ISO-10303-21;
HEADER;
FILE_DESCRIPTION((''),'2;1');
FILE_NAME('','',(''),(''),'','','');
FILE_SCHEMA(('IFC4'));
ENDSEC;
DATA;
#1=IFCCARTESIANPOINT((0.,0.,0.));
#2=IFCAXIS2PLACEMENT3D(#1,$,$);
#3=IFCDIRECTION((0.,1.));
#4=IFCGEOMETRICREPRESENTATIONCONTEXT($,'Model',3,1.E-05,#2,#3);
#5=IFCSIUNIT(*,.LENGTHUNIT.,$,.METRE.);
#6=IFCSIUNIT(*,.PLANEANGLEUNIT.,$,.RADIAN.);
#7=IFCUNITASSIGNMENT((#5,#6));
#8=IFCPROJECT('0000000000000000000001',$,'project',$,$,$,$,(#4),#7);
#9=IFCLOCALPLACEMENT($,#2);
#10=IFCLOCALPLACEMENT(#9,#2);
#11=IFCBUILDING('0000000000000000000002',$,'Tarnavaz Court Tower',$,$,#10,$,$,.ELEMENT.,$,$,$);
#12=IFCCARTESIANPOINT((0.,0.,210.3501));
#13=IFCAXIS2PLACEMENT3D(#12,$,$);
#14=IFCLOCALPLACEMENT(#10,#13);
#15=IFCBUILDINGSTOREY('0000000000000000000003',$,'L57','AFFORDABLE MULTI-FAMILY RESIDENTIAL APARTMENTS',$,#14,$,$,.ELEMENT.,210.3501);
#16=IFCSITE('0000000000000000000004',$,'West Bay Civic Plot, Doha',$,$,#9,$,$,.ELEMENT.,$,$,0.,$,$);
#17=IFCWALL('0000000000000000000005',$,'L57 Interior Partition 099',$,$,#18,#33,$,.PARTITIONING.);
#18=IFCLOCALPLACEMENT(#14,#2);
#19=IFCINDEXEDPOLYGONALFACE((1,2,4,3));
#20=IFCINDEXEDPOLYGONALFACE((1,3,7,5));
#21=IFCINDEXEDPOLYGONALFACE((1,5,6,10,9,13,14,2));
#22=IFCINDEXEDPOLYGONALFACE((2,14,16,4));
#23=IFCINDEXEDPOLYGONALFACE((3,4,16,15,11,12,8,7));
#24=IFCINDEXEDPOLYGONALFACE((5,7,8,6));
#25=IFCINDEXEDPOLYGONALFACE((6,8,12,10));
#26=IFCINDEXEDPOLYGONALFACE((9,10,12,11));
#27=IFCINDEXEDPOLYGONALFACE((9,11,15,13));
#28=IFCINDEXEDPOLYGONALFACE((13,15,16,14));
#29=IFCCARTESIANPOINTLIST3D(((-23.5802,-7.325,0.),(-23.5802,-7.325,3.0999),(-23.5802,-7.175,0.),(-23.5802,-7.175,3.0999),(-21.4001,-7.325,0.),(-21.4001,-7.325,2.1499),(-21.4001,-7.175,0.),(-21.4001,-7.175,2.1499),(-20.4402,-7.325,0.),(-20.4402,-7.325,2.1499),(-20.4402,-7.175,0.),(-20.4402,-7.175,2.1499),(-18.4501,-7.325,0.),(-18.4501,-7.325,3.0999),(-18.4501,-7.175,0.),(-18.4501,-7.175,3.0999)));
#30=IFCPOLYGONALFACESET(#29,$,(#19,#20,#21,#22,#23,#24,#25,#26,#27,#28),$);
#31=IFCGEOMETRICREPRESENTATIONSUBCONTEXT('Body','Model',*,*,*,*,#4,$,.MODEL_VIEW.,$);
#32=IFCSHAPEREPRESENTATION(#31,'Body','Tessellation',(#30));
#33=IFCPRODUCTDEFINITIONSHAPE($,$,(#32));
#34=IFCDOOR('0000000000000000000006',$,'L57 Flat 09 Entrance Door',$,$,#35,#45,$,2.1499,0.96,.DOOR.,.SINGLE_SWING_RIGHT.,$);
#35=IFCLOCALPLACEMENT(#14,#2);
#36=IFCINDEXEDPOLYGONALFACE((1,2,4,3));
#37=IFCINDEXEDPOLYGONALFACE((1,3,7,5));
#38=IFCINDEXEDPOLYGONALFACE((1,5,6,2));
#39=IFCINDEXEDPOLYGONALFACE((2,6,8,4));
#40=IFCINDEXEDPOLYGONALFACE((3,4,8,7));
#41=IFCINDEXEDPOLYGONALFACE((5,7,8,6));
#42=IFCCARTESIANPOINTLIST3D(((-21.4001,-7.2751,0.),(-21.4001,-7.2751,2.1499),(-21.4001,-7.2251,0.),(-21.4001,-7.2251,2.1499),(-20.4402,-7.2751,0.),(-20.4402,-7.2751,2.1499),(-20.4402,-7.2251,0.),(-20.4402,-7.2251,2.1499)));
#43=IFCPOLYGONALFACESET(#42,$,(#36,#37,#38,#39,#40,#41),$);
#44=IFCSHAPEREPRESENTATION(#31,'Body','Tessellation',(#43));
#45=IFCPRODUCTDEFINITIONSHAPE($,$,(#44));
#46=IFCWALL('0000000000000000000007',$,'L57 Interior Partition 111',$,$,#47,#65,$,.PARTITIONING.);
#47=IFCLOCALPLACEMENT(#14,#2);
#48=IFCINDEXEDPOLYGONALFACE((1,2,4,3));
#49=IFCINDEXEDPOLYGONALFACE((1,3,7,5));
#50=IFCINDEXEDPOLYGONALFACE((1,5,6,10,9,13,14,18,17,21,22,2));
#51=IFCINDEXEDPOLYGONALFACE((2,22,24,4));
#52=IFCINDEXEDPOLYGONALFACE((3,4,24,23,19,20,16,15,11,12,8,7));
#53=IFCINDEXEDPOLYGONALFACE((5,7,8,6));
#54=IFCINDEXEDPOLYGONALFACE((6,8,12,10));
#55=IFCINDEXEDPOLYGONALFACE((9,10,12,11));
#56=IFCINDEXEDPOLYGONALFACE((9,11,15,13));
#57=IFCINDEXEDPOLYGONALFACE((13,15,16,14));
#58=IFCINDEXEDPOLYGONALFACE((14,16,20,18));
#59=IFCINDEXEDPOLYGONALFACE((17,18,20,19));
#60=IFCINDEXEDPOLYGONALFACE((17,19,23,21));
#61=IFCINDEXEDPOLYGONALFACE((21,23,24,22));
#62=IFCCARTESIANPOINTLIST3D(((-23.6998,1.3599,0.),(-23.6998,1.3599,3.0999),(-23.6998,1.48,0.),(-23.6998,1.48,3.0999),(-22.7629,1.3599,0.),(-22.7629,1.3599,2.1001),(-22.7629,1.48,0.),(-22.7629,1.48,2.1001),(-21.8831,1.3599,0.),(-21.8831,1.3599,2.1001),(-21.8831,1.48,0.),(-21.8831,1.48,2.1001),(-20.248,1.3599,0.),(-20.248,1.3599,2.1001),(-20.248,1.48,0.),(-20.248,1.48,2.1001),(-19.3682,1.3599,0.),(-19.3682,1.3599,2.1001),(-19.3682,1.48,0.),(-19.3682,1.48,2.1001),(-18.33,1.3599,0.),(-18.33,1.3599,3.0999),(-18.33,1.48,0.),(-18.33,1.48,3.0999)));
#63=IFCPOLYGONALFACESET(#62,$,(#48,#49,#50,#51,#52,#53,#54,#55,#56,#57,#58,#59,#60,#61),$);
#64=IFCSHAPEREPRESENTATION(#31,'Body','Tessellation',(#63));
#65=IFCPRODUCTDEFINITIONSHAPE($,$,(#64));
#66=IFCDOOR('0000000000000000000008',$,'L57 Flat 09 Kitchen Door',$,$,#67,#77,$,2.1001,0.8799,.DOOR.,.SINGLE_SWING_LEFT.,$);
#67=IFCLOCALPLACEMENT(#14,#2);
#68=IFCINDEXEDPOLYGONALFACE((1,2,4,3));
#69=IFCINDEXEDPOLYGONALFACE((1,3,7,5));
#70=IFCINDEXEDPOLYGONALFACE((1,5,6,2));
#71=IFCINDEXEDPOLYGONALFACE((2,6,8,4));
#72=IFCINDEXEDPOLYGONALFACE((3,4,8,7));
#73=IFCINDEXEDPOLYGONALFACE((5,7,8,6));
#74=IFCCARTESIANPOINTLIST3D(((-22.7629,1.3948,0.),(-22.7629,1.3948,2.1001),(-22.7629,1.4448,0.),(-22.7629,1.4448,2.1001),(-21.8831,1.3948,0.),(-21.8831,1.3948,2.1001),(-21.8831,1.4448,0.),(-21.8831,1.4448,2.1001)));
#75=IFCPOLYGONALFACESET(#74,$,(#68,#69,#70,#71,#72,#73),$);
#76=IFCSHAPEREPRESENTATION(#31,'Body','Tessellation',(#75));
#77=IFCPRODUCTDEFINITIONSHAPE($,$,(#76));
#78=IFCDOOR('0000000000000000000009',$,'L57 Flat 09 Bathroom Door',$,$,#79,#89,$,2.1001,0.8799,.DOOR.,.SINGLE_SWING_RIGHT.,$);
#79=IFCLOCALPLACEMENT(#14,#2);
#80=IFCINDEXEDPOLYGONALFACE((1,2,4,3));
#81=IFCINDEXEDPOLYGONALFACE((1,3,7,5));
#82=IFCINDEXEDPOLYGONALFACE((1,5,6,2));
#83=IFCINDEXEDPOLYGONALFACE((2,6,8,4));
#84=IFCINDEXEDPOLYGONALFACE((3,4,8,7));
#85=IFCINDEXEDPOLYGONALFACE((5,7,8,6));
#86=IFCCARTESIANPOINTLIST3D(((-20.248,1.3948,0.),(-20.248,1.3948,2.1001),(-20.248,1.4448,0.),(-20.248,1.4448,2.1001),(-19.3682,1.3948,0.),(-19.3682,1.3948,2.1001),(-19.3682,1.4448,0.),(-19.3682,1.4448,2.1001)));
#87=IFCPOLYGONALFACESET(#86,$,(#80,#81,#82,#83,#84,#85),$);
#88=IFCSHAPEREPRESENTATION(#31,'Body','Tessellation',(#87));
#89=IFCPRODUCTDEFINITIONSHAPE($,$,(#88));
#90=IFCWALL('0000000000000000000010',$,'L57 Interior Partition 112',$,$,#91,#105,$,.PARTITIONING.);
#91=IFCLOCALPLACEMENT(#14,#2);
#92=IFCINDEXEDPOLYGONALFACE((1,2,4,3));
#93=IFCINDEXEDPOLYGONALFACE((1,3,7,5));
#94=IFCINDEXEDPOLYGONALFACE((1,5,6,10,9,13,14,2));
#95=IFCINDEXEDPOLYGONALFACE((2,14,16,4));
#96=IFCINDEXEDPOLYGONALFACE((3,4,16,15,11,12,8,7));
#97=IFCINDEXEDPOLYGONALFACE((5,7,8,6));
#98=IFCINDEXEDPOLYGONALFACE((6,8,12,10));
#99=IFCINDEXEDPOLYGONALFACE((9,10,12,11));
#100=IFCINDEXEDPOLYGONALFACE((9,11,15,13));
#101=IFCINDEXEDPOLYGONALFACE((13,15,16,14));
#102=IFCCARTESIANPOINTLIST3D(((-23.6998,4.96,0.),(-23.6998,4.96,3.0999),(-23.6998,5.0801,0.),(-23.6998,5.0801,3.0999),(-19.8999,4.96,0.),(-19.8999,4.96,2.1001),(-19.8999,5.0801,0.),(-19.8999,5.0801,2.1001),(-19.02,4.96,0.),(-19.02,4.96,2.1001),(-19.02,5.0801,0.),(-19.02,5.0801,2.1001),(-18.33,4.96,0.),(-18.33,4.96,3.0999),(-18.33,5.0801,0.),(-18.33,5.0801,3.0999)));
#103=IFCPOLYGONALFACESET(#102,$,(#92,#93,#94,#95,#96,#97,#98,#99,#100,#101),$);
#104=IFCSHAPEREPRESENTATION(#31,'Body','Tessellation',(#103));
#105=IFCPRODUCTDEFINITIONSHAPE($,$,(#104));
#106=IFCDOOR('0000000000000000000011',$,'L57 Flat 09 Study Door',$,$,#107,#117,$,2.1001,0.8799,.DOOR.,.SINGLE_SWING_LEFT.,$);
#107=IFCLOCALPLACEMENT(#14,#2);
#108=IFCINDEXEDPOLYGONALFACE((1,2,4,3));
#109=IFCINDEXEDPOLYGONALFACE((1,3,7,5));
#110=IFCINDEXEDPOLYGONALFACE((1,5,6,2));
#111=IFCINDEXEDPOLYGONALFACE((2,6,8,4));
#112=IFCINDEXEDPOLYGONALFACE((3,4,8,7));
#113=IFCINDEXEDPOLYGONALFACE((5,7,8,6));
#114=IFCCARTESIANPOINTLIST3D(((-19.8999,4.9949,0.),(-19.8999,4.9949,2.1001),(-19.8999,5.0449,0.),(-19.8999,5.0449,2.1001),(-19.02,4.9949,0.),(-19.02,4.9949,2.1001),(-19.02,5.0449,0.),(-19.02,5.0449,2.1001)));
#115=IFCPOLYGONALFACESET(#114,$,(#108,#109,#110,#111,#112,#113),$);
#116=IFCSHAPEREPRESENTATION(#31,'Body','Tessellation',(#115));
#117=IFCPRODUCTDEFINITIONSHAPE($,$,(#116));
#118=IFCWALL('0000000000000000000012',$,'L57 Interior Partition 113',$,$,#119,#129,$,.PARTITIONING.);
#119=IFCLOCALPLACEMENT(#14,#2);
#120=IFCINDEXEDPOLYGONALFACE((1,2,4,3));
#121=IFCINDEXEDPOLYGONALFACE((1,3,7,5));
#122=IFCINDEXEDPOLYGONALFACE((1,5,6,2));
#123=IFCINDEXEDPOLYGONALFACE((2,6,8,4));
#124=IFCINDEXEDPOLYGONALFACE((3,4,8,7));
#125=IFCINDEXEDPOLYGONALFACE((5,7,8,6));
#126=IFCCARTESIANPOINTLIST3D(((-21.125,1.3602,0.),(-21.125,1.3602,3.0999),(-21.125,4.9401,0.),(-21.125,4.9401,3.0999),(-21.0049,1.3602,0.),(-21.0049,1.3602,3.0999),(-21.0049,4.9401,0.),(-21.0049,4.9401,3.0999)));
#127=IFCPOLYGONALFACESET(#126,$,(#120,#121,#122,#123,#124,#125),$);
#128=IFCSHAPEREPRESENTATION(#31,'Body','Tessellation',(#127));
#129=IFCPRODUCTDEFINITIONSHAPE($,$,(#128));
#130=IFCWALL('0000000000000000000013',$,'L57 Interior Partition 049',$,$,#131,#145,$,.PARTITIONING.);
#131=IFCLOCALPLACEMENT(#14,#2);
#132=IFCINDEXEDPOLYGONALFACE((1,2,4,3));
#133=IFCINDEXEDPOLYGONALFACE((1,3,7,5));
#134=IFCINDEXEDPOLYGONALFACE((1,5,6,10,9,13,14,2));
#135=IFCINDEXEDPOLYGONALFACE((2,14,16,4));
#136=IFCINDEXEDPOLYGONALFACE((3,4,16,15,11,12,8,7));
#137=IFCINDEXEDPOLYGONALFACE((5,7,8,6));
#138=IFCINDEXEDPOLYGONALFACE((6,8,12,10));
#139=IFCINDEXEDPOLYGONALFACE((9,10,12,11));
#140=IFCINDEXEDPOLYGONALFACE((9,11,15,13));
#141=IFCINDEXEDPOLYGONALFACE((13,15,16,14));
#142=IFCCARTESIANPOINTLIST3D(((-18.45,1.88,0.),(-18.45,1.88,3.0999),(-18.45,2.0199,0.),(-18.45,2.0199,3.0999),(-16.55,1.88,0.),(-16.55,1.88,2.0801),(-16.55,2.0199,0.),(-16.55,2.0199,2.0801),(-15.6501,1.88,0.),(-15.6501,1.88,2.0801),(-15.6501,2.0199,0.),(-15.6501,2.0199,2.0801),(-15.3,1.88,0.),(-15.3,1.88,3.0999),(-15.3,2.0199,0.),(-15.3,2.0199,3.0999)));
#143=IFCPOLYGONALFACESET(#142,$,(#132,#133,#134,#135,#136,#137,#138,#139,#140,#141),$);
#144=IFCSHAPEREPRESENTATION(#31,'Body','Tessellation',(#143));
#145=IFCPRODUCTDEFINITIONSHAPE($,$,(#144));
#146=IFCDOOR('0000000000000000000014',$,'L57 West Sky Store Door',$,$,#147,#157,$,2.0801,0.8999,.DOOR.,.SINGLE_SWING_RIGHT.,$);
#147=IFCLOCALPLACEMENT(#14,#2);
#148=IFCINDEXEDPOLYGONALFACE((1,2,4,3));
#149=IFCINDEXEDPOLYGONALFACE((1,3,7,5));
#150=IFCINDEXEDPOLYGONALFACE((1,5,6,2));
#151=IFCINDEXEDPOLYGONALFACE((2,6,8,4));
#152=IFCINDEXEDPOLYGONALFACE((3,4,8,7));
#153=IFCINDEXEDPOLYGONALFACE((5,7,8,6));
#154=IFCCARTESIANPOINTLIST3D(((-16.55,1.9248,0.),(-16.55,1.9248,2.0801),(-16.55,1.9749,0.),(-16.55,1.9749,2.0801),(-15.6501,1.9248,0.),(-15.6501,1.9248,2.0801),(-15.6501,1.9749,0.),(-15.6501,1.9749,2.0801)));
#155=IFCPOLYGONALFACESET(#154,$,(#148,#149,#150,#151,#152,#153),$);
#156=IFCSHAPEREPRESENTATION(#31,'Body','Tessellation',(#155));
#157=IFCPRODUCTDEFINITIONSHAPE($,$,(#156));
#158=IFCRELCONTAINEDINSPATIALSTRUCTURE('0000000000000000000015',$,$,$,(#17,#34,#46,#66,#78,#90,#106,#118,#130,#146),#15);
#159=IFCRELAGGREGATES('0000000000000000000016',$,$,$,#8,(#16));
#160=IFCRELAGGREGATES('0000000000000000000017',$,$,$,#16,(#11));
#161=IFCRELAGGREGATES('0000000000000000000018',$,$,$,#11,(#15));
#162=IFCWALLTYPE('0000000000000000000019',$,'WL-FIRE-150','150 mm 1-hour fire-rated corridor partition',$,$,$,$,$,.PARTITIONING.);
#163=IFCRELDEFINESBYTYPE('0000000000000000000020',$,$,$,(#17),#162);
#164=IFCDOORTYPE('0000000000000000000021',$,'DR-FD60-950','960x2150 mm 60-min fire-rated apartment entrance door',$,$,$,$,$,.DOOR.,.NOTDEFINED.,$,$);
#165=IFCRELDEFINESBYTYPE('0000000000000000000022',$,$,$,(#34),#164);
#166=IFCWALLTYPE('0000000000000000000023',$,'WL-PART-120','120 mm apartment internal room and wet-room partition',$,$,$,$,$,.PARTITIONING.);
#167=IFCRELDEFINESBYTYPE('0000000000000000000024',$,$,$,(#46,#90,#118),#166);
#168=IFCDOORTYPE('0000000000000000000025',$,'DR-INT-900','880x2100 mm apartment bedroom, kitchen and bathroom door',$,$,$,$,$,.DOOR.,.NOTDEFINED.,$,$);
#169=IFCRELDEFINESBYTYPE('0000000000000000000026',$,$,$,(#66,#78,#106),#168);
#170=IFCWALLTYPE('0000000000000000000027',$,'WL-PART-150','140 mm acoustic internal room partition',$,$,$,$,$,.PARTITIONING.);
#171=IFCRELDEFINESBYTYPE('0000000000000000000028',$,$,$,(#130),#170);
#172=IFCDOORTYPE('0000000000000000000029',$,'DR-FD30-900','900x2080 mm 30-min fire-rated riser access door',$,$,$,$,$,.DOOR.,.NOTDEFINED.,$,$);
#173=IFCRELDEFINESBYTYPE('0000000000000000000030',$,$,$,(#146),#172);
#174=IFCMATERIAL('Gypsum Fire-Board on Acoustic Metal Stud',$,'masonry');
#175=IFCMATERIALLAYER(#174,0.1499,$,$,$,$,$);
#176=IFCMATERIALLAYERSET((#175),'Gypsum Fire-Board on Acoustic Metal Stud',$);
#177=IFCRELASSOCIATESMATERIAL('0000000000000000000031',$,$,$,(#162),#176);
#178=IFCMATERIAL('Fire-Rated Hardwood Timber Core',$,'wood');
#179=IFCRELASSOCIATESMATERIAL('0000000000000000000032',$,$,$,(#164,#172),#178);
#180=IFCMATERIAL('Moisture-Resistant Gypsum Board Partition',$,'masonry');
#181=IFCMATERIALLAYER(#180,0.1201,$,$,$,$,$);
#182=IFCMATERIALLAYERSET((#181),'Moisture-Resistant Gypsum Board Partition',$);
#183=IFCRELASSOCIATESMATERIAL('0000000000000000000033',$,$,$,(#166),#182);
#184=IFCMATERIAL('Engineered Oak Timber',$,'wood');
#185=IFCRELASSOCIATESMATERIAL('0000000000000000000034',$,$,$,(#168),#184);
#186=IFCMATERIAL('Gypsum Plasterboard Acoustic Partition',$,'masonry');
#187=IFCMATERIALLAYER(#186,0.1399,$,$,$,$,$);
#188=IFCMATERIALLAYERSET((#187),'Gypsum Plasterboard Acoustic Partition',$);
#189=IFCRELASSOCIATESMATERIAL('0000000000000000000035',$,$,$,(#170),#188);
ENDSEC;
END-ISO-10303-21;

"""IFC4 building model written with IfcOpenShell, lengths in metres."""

from ifc_helpers import new_model, si_unit, direction, frame, frame_2d, origin, place, context, subcontext, project, spatial, rectangle, extrude, material, layer, layer_set, type_object, element, fill, save


model = new_model("IFC4")

# Units and contexts
model_context = context("Model", 3, precision=1e-05, world=origin(), true_north=direction((0.0, 1.0)))
body_context = subcontext(model_context, "Body", "Model", "MODEL_VIEW")
ifc_project = project(units=[si_unit("LENGTHUNIT", "METRE"), si_unit("PLANEANGLEUNIT", "RADIAN")], contexts=[model_context])

# Site, building, storey
site_placement = place(None, origin())
site = spatial("IfcSite", under=ifc_project, at=site_placement, Name="West Bay Civic Plot, Doha", CompositionType="ELEMENT", RefElevation=0.0)
building_placement = place(site_placement, origin())
building = spatial("IfcBuilding", under=site, at=building_placement, Name="Tarnavaz Court Tower", CompositionType="ELEMENT")
storey_placement = place(building_placement, frame((0.0, 0.0, 210.3501)))
storey = spatial("IfcBuildingStorey", under=building, at=storey_placement, Name="L57", Description="AFFORDABLE MULTI-FAMILY RESIDENTIAL APARTMENTS", CompositionType="ELEMENT", Elevation=210.3501)

# Wall, opening, door
ifc_material_1 = material(Name="Fire-Rated Hardwood Timber Core", Category="wood")
ifc_material_2 = material(Name="Gypsum Fire-Board on Acoustic Metal Stud", Category="masonry")
ifc_layer_1 = layer(ifc_material_2, 0.1499)
ifc_layer_set_1 = layer_set([ifc_layer_1], Name="Gypsum Fire-Board on Acoustic Metal Stud")
wall_type_1 = type_object("IfcWallType", Name="WL-FIRE-150", Description="150 mm 1-hour fire-rated corridor partition", PredefinedType="PARTITIONING", material=ifc_layer_set_1)
wall_1_placement = place(storey_placement, frame((-23.5801, -7.25, 0.0), z_axis=(0.0, 0.0, 1.0), x_axis=(1.0, 0.0, 0.0)))
wall_1 = element("IfcWall", 1, at=wall_1_placement, inside=storey, type_object=wall_type_1, Name="L57 Interior Partition 099", PredefinedType="PARTITIONING", context=body_context, shape_type="SweptSolid", body=[
    extrude(rectangle(XDim=5.1301, YDim=0.1499, at=frame_2d((2.5649, 0.0))), origin(), (0.0, 0.0, 1.0), 3.0999),
])
opening_1_placement = place(wall_1_placement, frame((2.1799, 0.0, 0.0)))
opening_1 = element("IfcOpeningElement", 2, at=opening_1_placement, cuts=wall_1, PredefinedType="OPENING", context=body_context, shape_type="SweptSolid", body=[
    extrude(rectangle(XDim=0.96, YDim=2.1499, at=frame_2d((0.48, 1.075))), frame((0.0, 0.085, 0.0), z_axis=(0.0, -1.0, 0.0), x_axis=(1.0, 0.0, 0.0)), (0.0, 0.0, 1.0), 0.1699),
])
door_type_1 = type_object("IfcDoorType", Name="DR-FD60-950", Description="960x2150 mm 60-min fire-rated apartment entrance door", OperationType="NOTDEFINED", PredefinedType="DOOR", material=ifc_material_1)
door_1_placement = place(opening_1_placement, origin())
door_1 = element("IfcDoor", 3, at=door_1_placement, inside=storey, type_object=door_type_1, Name="L57 Flat 09 Entrance Door", OperationType="SINGLE_SWING_RIGHT", OverallHeight=2.1499, OverallWidth=0.96, PredefinedType="DOOR", context=body_context, shape_type="SweptSolid", body=[
    extrude(rectangle(XDim=0.96, YDim=2.1499, at=frame_2d((0.48, 1.075))), frame((0.0, 0.0249, 0.0), z_axis=(0.0, -1.0, 0.0), x_axis=(1.0, 0.0, 0.0)), (0.0, 0.0, 1.0), 0.05),
])
fill(opening_1, door_1)

# Wall, openings, doors
ifc_material_3 = material(Name="Moisture-Resistant Gypsum Board Partition", Category="masonry")
ifc_layer_2 = layer(ifc_material_3, 0.1201)
ifc_layer_set_2 = layer_set([ifc_layer_2], Name="Moisture-Resistant Gypsum Board Partition")
wall_type_2 = type_object("IfcWallType", Name="WL-PART-120", Description="120 mm apartment internal room and wet-room partition", PredefinedType="PARTITIONING", material=ifc_layer_set_2)
wall_2_placement = place(storey_placement, frame((-23.7, 1.4199, 0.0), z_axis=(0.0, 0.0, 1.0), x_axis=(1.0, 0.0, 0.0)))
wall_2 = element("IfcWall", 4, at=wall_2_placement, inside=storey, type_object=wall_type_2, Name="L57 Interior Partition 111", PredefinedType="PARTITIONING", context=body_context, shape_type="SweptSolid", body=[
    extrude(rectangle(XDim=5.3699, YDim=0.1201, at=frame_2d((2.6851, 0.0))), origin(), (0.0, 0.0, 1.0), 3.0999),
])
opening_2_placement = place(wall_2_placement, frame((0.937, 0.0, 0.0)))
opening_2 = element("IfcOpeningElement", 5, at=opening_2_placement, cuts=wall_2, PredefinedType="OPENING", context=body_context, shape_type="SweptSolid", body=[
    extrude(rectangle(XDim=0.8799, YDim=2.1001, at=frame_2d((0.4399, 1.05))), frame((0.0, 0.0701, 0.0), z_axis=(0.0, -1.0, 0.0), x_axis=(1.0, 0.0, 0.0)), (0.0, 0.0, 1.0), 0.1401),
])
opening_3_placement = place(wall_2_placement, frame((3.4519, 0.0, 0.0)))
opening_3 = element("IfcOpeningElement", 6, at=opening_3_placement, cuts=wall_2, PredefinedType="OPENING", context=body_context, shape_type="SweptSolid", body=[
    extrude(rectangle(XDim=0.8799, YDim=2.1001, at=frame_2d((0.4399, 1.05))), frame((0.0, 0.0701, 0.0), z_axis=(0.0, -1.0, 0.0), x_axis=(1.0, 0.0, 0.0)), (0.0, 0.0, 1.0), 0.1401),
])
ifc_material_4 = material(Name="Engineered Oak Timber", Category="wood")
door_type_2 = type_object("IfcDoorType", Name="DR-INT-900", Description="880x2100 mm apartment bedroom, kitchen and bathroom door", OperationType="NOTDEFINED", PredefinedType="DOOR", material=ifc_material_4)
door_2_placement = place(opening_2_placement, origin())
door_2 = element("IfcDoor", 7, at=door_2_placement, inside=storey, type_object=door_type_2, Name="L57 Flat 09 Kitchen Door", OperationType="SINGLE_SWING_LEFT", OverallHeight=2.1001, OverallWidth=0.8799, PredefinedType="DOOR", context=body_context, shape_type="SweptSolid", body=[
    extrude(rectangle(XDim=0.8799, YDim=2.1001, at=frame_2d((0.4399, 1.05))), frame((0.0, 0.0249, 0.0), z_axis=(0.0, -1.0, 0.0), x_axis=(1.0, 0.0, 0.0)), (0.0, 0.0, 1.0), 0.05),
])
fill(opening_2, door_2)
door_3_placement = place(opening_3_placement, origin())
door_3 = element("IfcDoor", 8, at=door_3_placement, inside=storey, type_object=door_type_2, Name="L57 Flat 09 Bathroom Door", OperationType="SINGLE_SWING_RIGHT", OverallHeight=2.1001, OverallWidth=0.8799, PredefinedType="DOOR", context=body_context, shape_type="SweptSolid", body=[
    extrude(rectangle(XDim=0.8799, YDim=2.1001, at=frame_2d((0.4399, 1.05))), frame((0.0, 0.0249, 0.0), z_axis=(0.0, -1.0, 0.0), x_axis=(1.0, 0.0, 0.0)), (0.0, 0.0, 1.0), 0.05),
])
fill(opening_3, door_3)

# Wall, opening, door
wall_3_placement = place(storey_placement, frame((-23.7, 5.02, 0.0), z_axis=(0.0, 0.0, 1.0), x_axis=(1.0, 0.0, 0.0)))
wall_3 = element("IfcWall", 9, at=wall_3_placement, inside=storey, type_object=wall_type_2, Name="L57 Interior Partition 112", PredefinedType="PARTITIONING", context=body_context, shape_type="SweptSolid", body=[
    extrude(rectangle(XDim=5.3699, YDim=0.1201, at=frame_2d((2.6851, 0.0))), origin(), (0.0, 0.0, 1.0), 3.0999),
])
opening_4_placement = place(wall_3_placement, frame((3.8, 0.0, 0.0)))
opening_4 = element("IfcOpeningElement", 10, at=opening_4_placement, cuts=wall_3, PredefinedType="OPENING", context=body_context, shape_type="SweptSolid", body=[
    extrude(rectangle(XDim=0.8799, YDim=2.1001, at=frame_2d((0.4399, 1.05))), frame((0.0, 0.0701, 0.0), z_axis=(0.0, -1.0, 0.0), x_axis=(1.0, 0.0, 0.0)), (0.0, 0.0, 1.0), 0.1401),
])
door_4_placement = place(opening_4_placement, origin())
door_4 = element("IfcDoor", 11, at=door_4_placement, inside=storey, type_object=door_type_2, Name="L57 Flat 09 Study Door", OperationType="SINGLE_SWING_LEFT", OverallHeight=2.1001, OverallWidth=0.8799, PredefinedType="DOOR", context=body_context, shape_type="SweptSolid", body=[
    extrude(rectangle(XDim=0.8799, YDim=2.1001, at=frame_2d((0.4399, 1.05))), frame((0.0, 0.0249, 0.0), z_axis=(0.0, -1.0, 0.0), x_axis=(1.0, 0.0, 0.0)), (0.0, 0.0, 1.0), 0.05),
])
fill(opening_4, door_4)

# Wall
wall_4_placement = place(storey_placement, frame((-21.0649, 1.3601, 0.0), z_axis=(0.0, 0.0, 1.0), x_axis=(0.0, 1.0, 0.0)))
element("IfcWall", 12, at=wall_4_placement, inside=storey, type_object=wall_type_2, Name="L57 Interior Partition 113", PredefinedType="PARTITIONING", context=body_context, shape_type="SweptSolid", body=[
    extrude(rectangle(XDim=3.5798, YDim=0.1201, at=frame_2d((1.79, 0.0))), origin(), (0.0, 0.0, 1.0), 3.0999),
])

# Wall, opening, door
ifc_material_5 = material(Name="Gypsum Plasterboard Acoustic Partition", Category="masonry")
ifc_layer_3 = layer(ifc_material_5, 0.1399)
ifc_layer_set_3 = layer_set([ifc_layer_3], Name="Gypsum Plasterboard Acoustic Partition")
wall_type_3 = type_object("IfcWallType", Name="WL-PART-150", Description="140 mm acoustic internal room partition", PredefinedType="PARTITIONING", material=ifc_layer_set_3)
wall_5_placement = place(storey_placement, frame((-18.45, 1.95, 0.0), z_axis=(0.0, 0.0, 1.0), x_axis=(1.0, 0.0, 0.0)))
wall_5 = element("IfcWall", 13, at=wall_5_placement, inside=storey, type_object=wall_type_3, Name="L57 Interior Partition 049", PredefinedType="PARTITIONING", context=body_context, shape_type="SweptSolid", body=[
    extrude(rectangle(XDim=3.1499, YDim=0.1399, at=frame_2d((1.575, 0.0))), origin(), (0.0, 0.0, 1.0), 3.0999),
])
opening_5_placement = place(wall_5_placement, frame((1.8999, 0.0, 0.0)))
opening_5 = element("IfcOpeningElement", 14, at=opening_5_placement, cuts=wall_5, PredefinedType="OPENING", context=body_context, shape_type="SweptSolid", body=[
    extrude(rectangle(XDim=0.8999, YDim=2.0801, at=frame_2d((0.45, 1.04))), frame((0.0, 0.0798, 0.0), z_axis=(0.0, -1.0, 0.0), x_axis=(1.0, 0.0, 0.0)), (0.0, 0.0, 1.0), 0.1599),
])
door_type_3 = type_object("IfcDoorType", Name="DR-FD30-900", Description="900x2080 mm 30-min fire-rated riser access door", OperationType="NOTDEFINED", PredefinedType="DOOR", material=ifc_material_1)
door_5_placement = place(opening_5_placement, origin())
door_5 = element("IfcDoor", 15, at=door_5_placement, inside=storey, type_object=door_type_3, Name="L57 West Sky Store Door", OperationType="SINGLE_SWING_RIGHT", OverallHeight=2.0801, OverallWidth=0.8999, PredefinedType="DOOR", context=body_context, shape_type="SweptSolid", body=[
    extrude(rectangle(XDim=0.8999, YDim=2.0801, at=frame_2d((0.45, 1.04))), frame((0.0, 0.0249, 0.0), z_axis=(0.0, -1.0, 0.0), x_axis=(1.0, 0.0, 0.0)), (0.0, 0.0, 1.0), 0.05),
])
fill(opening_5, door_5)

save(model, "model.ifc")
